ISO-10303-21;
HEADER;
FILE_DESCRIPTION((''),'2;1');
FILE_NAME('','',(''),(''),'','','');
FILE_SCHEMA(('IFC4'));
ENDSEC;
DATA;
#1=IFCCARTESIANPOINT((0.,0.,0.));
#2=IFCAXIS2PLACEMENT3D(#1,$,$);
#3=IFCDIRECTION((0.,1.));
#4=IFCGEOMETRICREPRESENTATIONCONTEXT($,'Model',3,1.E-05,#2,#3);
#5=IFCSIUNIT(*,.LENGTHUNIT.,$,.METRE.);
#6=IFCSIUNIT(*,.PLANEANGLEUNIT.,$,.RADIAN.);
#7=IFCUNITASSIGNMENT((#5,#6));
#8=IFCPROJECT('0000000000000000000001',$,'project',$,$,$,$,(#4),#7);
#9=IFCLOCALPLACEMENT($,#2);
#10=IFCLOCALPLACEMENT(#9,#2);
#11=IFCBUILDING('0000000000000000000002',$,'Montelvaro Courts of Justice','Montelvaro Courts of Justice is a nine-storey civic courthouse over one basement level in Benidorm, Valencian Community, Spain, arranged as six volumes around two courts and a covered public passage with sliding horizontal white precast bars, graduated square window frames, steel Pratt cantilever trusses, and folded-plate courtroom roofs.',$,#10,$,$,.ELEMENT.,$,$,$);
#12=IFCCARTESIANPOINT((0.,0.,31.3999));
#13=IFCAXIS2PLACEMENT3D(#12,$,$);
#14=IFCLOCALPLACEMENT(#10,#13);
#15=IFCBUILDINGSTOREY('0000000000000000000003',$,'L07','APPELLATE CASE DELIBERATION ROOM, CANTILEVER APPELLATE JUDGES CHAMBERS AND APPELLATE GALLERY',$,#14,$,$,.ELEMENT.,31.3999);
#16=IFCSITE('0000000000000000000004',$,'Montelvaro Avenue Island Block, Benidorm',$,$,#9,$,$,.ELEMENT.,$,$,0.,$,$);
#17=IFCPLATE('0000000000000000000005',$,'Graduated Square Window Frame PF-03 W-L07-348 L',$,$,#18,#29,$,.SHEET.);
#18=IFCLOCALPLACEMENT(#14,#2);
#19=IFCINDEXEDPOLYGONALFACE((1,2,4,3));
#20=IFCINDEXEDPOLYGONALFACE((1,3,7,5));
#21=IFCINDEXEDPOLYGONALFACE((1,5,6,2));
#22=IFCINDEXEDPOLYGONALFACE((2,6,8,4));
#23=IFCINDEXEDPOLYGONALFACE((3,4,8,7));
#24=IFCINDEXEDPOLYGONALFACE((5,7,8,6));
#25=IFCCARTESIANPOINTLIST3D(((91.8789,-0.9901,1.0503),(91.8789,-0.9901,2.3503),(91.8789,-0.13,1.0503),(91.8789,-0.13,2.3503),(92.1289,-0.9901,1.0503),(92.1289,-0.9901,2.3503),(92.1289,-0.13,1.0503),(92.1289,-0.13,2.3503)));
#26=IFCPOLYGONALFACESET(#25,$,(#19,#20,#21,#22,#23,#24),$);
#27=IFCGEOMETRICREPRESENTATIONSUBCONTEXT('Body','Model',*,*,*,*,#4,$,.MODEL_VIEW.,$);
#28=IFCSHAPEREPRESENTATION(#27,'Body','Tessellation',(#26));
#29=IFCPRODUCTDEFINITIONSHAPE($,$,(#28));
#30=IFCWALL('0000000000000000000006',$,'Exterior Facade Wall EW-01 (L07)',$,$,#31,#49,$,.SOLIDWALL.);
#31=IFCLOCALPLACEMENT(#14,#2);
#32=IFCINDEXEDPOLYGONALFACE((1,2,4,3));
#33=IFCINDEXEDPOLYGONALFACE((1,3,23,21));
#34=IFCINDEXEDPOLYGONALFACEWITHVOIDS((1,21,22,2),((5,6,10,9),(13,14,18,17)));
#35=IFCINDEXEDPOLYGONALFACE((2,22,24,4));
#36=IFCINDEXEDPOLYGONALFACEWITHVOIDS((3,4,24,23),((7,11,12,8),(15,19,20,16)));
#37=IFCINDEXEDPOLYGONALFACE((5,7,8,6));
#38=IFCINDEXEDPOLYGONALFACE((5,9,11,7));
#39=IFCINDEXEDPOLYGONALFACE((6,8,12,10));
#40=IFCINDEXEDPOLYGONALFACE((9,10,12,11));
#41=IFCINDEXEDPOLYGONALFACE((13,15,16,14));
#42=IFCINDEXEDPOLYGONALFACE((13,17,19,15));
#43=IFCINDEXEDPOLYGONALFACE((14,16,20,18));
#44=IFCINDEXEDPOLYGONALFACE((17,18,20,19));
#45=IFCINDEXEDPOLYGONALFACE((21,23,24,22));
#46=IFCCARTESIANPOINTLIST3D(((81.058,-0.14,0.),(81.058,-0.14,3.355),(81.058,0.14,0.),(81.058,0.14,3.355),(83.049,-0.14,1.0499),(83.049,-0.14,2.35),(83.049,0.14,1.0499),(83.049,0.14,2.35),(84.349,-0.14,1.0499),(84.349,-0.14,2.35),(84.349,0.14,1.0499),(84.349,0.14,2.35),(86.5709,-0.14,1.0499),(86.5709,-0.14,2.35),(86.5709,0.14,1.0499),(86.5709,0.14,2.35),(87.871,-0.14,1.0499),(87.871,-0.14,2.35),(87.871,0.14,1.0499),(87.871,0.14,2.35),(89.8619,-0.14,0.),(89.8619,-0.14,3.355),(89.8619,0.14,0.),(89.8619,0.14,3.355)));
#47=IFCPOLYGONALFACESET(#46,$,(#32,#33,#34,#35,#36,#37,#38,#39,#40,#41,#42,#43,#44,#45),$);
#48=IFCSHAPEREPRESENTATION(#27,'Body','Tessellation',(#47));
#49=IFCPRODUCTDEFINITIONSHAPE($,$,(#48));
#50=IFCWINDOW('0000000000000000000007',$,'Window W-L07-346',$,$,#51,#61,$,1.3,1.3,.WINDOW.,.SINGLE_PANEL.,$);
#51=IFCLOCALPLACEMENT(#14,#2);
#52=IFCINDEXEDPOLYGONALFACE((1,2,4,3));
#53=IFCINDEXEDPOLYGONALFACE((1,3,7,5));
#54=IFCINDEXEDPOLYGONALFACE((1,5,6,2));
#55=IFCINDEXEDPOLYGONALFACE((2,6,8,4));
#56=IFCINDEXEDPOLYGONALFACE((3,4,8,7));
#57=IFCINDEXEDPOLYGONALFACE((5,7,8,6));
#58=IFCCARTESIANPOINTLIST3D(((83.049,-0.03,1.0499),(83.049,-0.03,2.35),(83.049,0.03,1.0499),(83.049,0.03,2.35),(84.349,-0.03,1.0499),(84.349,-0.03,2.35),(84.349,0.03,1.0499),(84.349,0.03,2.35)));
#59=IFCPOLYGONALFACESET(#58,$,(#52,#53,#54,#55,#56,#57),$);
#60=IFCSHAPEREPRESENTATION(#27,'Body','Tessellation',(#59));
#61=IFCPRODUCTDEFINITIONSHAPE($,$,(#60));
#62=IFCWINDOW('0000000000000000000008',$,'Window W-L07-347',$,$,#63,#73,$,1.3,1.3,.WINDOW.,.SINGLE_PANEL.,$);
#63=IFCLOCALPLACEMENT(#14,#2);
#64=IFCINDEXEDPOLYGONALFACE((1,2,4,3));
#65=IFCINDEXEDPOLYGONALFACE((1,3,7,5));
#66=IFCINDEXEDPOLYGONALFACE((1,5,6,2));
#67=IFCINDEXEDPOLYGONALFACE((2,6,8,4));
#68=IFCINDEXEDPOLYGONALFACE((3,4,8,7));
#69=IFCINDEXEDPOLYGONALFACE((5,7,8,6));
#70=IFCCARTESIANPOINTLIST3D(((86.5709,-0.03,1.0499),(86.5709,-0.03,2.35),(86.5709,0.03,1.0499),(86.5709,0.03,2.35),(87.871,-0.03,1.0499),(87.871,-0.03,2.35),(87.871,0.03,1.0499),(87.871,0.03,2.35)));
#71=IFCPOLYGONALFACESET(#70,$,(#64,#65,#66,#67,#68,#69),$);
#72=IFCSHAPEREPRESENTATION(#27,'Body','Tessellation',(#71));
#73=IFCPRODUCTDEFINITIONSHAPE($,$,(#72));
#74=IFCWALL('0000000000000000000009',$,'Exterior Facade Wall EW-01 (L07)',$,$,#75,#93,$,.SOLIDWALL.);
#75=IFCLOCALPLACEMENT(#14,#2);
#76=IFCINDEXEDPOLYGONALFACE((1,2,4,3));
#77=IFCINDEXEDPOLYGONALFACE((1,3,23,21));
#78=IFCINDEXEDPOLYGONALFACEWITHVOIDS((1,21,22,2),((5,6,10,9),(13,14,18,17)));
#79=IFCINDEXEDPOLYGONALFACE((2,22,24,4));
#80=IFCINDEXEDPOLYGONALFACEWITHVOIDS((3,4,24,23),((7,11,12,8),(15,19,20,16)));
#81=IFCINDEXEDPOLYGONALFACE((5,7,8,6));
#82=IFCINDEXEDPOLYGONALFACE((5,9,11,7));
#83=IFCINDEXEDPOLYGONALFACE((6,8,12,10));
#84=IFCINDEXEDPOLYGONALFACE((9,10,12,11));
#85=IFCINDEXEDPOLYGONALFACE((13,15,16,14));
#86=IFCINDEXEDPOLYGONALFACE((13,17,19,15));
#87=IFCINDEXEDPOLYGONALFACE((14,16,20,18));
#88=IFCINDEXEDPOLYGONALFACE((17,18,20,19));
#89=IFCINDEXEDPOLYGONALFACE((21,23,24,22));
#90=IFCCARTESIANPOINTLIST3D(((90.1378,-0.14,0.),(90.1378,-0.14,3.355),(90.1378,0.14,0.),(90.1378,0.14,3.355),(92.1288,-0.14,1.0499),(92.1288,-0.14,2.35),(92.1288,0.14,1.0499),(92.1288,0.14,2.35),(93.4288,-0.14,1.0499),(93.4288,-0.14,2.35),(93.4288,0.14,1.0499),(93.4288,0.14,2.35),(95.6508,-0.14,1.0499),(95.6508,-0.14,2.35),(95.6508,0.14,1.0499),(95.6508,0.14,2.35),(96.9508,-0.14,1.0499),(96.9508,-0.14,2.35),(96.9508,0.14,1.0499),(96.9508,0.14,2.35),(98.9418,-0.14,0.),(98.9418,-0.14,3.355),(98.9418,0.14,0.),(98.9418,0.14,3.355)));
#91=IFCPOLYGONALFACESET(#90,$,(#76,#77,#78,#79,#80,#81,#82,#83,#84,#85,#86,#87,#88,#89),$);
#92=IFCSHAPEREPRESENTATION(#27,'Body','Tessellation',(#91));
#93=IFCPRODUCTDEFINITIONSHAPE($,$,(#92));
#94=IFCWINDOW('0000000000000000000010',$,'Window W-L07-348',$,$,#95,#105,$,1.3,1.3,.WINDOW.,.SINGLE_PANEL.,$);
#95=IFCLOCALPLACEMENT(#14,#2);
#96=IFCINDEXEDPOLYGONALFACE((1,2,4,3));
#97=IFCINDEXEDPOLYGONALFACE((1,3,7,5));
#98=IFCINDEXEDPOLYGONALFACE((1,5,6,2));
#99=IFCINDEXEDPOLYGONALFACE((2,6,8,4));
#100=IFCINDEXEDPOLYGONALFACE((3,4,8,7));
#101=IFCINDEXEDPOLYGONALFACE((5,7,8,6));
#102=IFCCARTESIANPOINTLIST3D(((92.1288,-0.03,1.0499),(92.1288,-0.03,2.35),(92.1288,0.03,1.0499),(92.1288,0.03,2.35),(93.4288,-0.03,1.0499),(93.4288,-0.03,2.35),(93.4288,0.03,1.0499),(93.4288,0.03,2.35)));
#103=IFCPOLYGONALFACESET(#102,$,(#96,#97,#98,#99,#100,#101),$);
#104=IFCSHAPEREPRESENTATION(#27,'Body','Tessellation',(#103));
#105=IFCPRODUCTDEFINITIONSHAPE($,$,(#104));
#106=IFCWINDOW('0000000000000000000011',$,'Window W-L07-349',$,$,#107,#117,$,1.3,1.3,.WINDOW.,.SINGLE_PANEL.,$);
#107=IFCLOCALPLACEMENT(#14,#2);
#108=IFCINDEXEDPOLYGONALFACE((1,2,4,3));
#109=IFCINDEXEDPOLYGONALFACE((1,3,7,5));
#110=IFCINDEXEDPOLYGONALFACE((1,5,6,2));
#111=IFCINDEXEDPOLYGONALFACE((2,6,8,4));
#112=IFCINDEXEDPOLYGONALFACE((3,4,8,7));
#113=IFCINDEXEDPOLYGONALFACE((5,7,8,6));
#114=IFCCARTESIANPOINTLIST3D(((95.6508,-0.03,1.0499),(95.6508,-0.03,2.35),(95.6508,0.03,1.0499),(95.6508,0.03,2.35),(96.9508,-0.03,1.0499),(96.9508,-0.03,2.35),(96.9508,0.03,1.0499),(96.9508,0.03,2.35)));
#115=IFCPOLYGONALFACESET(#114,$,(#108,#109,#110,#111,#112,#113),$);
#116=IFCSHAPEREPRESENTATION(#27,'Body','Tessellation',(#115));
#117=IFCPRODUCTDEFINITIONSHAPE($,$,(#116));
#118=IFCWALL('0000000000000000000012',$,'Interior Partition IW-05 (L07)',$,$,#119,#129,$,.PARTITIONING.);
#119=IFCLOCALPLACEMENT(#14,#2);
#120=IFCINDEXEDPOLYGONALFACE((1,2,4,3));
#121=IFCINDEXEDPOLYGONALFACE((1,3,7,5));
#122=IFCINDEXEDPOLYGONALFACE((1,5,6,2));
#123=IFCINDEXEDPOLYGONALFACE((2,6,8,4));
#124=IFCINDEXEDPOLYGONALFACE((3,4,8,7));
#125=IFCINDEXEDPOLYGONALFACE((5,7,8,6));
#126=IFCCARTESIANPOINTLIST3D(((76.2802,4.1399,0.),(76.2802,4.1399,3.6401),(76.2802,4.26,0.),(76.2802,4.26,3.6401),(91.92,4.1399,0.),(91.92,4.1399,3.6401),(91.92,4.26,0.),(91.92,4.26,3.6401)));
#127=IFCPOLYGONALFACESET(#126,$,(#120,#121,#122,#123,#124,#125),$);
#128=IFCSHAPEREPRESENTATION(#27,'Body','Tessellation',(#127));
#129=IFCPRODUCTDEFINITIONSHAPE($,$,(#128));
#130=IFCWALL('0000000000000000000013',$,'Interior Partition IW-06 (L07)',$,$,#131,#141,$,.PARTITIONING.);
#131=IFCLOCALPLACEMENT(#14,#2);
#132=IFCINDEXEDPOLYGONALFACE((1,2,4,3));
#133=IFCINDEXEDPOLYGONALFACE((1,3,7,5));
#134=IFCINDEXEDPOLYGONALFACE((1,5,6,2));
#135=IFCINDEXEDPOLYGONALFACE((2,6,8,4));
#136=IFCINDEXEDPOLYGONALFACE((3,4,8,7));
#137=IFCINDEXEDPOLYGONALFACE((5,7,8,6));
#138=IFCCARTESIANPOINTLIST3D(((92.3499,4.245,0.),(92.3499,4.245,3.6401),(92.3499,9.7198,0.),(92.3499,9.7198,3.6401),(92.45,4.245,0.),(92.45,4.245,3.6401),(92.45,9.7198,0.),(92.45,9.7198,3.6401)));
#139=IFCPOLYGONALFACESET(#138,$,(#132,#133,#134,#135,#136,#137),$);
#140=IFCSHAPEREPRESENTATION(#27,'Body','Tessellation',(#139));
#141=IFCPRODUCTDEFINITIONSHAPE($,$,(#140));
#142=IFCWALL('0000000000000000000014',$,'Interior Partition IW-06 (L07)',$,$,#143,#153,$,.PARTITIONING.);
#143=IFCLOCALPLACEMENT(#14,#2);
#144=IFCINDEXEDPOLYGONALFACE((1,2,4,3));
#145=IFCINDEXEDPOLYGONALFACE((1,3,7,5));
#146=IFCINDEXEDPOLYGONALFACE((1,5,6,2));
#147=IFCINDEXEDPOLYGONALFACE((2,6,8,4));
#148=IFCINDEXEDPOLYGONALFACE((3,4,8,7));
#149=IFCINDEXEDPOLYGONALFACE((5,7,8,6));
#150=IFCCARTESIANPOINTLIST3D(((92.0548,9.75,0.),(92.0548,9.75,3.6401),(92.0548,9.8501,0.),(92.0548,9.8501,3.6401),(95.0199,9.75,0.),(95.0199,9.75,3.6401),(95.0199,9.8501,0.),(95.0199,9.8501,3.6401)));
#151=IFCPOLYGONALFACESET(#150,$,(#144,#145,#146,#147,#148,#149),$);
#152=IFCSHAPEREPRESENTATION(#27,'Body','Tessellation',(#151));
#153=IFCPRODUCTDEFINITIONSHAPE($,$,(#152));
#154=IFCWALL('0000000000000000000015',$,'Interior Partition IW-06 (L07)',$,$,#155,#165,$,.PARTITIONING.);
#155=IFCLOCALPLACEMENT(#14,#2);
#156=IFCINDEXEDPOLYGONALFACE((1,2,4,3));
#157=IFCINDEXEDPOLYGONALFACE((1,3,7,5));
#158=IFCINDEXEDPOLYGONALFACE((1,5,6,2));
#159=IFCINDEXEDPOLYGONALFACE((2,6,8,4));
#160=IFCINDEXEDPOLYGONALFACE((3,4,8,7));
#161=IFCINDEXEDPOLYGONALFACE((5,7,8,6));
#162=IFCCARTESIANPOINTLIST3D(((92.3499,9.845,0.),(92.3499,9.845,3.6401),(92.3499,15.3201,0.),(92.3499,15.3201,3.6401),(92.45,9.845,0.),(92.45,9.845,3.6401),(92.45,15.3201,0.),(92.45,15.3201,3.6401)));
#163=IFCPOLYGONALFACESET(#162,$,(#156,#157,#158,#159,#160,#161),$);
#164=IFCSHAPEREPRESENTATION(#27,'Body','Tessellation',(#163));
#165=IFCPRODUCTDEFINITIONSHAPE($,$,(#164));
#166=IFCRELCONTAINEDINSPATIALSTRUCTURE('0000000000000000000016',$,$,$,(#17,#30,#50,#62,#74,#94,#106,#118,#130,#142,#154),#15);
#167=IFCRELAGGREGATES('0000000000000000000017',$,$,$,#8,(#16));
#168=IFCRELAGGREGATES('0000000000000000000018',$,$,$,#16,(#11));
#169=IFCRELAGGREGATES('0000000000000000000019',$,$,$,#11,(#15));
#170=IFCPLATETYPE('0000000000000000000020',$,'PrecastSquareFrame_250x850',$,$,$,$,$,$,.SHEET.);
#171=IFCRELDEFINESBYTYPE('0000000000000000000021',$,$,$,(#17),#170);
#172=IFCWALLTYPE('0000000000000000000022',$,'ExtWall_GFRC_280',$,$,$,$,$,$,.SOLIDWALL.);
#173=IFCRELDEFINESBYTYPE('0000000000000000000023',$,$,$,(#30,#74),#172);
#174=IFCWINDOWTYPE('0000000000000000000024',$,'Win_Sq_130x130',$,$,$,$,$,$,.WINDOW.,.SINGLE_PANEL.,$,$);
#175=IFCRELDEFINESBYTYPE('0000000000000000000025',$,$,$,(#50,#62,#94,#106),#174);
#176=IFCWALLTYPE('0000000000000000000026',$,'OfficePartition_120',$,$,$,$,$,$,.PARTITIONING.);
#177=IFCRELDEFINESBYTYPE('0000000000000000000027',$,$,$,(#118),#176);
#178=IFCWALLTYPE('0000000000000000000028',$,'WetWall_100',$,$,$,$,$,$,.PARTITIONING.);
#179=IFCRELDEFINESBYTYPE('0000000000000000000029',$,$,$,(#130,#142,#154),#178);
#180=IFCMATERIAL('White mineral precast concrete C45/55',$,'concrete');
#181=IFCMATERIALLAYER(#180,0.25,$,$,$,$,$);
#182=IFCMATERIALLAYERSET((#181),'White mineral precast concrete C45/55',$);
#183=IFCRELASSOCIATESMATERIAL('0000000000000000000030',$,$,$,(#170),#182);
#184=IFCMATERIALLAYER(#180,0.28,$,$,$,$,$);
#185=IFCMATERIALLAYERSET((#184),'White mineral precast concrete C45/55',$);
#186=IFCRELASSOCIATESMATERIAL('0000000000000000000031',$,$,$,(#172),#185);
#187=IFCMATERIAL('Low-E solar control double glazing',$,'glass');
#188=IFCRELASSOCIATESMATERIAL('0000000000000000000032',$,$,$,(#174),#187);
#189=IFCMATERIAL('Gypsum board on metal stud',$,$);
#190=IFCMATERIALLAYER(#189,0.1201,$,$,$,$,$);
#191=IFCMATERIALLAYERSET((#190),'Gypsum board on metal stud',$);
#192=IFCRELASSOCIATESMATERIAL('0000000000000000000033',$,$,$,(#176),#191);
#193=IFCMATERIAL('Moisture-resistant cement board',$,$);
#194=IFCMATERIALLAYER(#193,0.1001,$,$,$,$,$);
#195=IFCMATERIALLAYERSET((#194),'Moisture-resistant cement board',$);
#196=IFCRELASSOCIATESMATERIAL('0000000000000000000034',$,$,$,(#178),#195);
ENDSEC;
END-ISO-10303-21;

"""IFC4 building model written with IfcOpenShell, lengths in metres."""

from ifc_helpers import new_model, si_unit, direction, frame, frame_2d, origin, origin_2d, place, context, subcontext, project, spatial, rectangle, extrude, material, layer, layer_set, type_object, element, fill, save


model = new_model("IFC4")

# Units and contexts
model_context = context("Model", 3, precision=1e-05, world=origin(), true_north=direction((0.0, 1.0)))
body_context = subcontext(model_context, "Body", "Model", "MODEL_VIEW")
ifc_project = project(units=[si_unit("LENGTHUNIT", "METRE"), si_unit("PLANEANGLEUNIT", "RADIAN")], contexts=[model_context])

# Site, building, storey
site_placement = place(None, origin())
site = spatial("IfcSite", under=ifc_project, at=site_placement, Name="Montelvaro Avenue Island Block, Benidorm", CompositionType="ELEMENT", RefElevation=0.0)
building_placement = place(site_placement, origin())
building = spatial("IfcBuilding", under=site, at=building_placement, Name="Montelvaro Courts of Justice", Description="Montelvaro Courts of Justice is a nine-storey civic courthouse over one basement level in Benidorm, Valencian Community, Spain, arranged as six volumes around two courts and a covered public passage with sliding horizontal white precast bars, graduated square window frames, steel Pratt cantilever trusses, and folded-plate courtroom roofs.", CompositionType="ELEMENT")
storey_placement = place(building_placement, frame((0.0, 0.0, 31.3999)))
storey = spatial("IfcBuildingStorey", under=building, at=storey_placement, Name="L07", Description="APPELLATE CASE DELIBERATION ROOM, CANTILEVER APPELLATE JUDGES CHAMBERS AND APPELLATE GALLERY", CompositionType="ELEMENT", Elevation=31.3999)

# Plate
ifc_material_1 = material(Name="White mineral precast concrete C45/55", Category="concrete")
ifc_layer_1 = layer(ifc_material_1, 0.25)
ifc_layer_set_1 = layer_set([ifc_layer_1], Name="White mineral precast concrete C45/55")
plate_type = type_object("IfcPlateType", Name="PrecastSquareFrame_250x850", PredefinedType="SHEET", material=ifc_layer_set_1)
plate_1_placement = place(storey_placement, frame((92.0039, -0.5601, 1.0503), z_axis=(0.0, 0.0, 1.0), x_axis=(1.0, 0.0, 0.0)))
element("IfcPlate", 1, at=plate_1_placement, inside=storey, type_object=plate_type, Name="Graduated Square Window Frame PF-03 W-L07-348 L", PredefinedType="SHEET", context=body_context, shape_type="SweptSolid", body=[
    extrude(rectangle(XDim=0.25, YDim=0.8601, at=origin_2d()), origin(), (0.0, 0.0, 1.0), 1.3),
])

# Walls, openings, windows
ifc_layer_2 = layer(ifc_material_1, 0.28)
ifc_layer_set_2 = layer_set([ifc_layer_2], Name="White mineral precast concrete C45/55")
wall_type_1 = type_object("IfcWallType", Name="ExtWall_GFRC_280", PredefinedType="SOLIDWALL", material=ifc_layer_set_2)
wall_1_placement = place(storey_placement, frame((81.0581, 0.0, 0.0), z_axis=(0.0, 0.0, 1.0), x_axis=(1.0, 0.0, 0.0)))
wall_1 = element("IfcWall", 2, at=wall_1_placement, inside=storey, type_object=wall_type_1, Name="Exterior Facade Wall EW-01 (L07)", PredefinedType="SOLIDWALL", context=body_context, shape_type="SweptSolid", body=[
    extrude(rectangle(XDim=8.804, YDim=0.28, at=frame_2d((4.4019, 0.0))), origin(), (0.0, 0.0, 1.0), 3.355),
])
opening_1_placement = place(wall_1_placement, frame((1.991, 0.0, 1.05)))
opening_1 = element("IfcOpeningElement", 3, at=opening_1_placement, cuts=wall_1, PredefinedType="OPENING", context=body_context, shape_type="SweptSolid", body=[
    extrude(rectangle(XDim=1.3, YDim=1.3, at=frame_2d((0.6499, 0.6499))), frame((0.0, 0.1548, 0.0), z_axis=(0.0, -1.0, 0.0), x_axis=(1.0, 0.0, 0.0)), (0.0, 0.0, 1.0), 0.3098),
])
opening_2_placement = place(wall_1_placement, frame((5.5129, 0.0, 1.05)))
opening_2 = element("IfcOpeningElement", 4, at=opening_2_placement, cuts=wall_1, PredefinedType="OPENING", context=body_context, shape_type="SweptSolid", body=[
    extrude(rectangle(XDim=1.3, YDim=1.3, at=frame_2d((0.6499, 0.6499))), frame((0.0, 0.1548, 0.0), z_axis=(0.0, -1.0, 0.0), x_axis=(1.0, 0.0, 0.0)), (0.0, 0.0, 1.0), 0.3098),
])
ifc_material_2 = material(Name="Low-E solar control double glazing", Category="glass")
window_type = type_object("IfcWindowType", Name="Win_Sq_130x130", PartitioningType="SINGLE_PANEL", PredefinedType="WINDOW", material=ifc_material_2)
window_1_placement = place(opening_1_placement, origin())
window_1 = element("IfcWindow", 5, at=window_1_placement, inside=storey, type_object=window_type, Name="Window W-L07-346", OverallHeight=1.3, OverallWidth=1.3, PartitioningType="SINGLE_PANEL", PredefinedType="WINDOW", context=body_context, shape_type="SweptSolid", body=[
    extrude(rectangle(XDim=1.3, YDim=1.3, at=frame_2d((0.6499, 0.6499))), frame((0.0, 0.03, 0.0), z_axis=(0.0, -1.0, 0.0), x_axis=(1.0, 0.0, 0.0)), (0.0, 0.0, 1.0), 0.0601),
])
fill(opening_1, window_1)
window_2_placement = place(opening_2_placement, origin())
window_2 = element("IfcWindow", 6, at=window_2_placement, inside=storey, type_object=window_type, Name="Window W-L07-347", OverallHeight=1.3, OverallWidth=1.3, PartitioningType="SINGLE_PANEL", PredefinedType="WINDOW", context=body_context, shape_type="SweptSolid", body=[
    extrude(rectangle(XDim=1.3, YDim=1.3, at=frame_2d((0.6499, 0.6499))), frame((0.0, 0.03, 0.0), z_axis=(0.0, -1.0, 0.0), x_axis=(1.0, 0.0, 0.0)), (0.0, 0.0, 1.0), 0.0601),
])
fill(opening_2, window_2)
wall_2_placement = place(storey_placement, frame((90.1379, 0.0, 0.0), z_axis=(0.0, 0.0, 1.0), x_axis=(1.0, 0.0, 0.0)))
wall_2 = element("IfcWall", 7, at=wall_2_placement, inside=storey, type_object=wall_type_1, Name="Exterior Facade Wall EW-01 (L07)", PredefinedType="SOLIDWALL", context=body_context, shape_type="SweptSolid", body=[
    extrude(rectangle(XDim=8.804, YDim=0.28, at=frame_2d((4.4019, 0.0))), origin(), (0.0, 0.0, 1.0), 3.355),
])
opening_3_placement = place(wall_2_placement, frame((1.991, 0.0, 1.05)))
opening_3 = element("IfcOpeningElement", 8, at=opening_3_placement, cuts=wall_2, PredefinedType="OPENING", context=body_context, shape_type="SweptSolid", body=[
    extrude(rectangle(XDim=1.3, YDim=1.3, at=frame_2d((0.6499, 0.6499))), frame((0.0, 0.1548, 0.0), z_axis=(0.0, -1.0, 0.0), x_axis=(1.0, 0.0, 0.0)), (0.0, 0.0, 1.0), 0.3098),
])
opening_4_placement = place(wall_2_placement, frame((5.5129, 0.0, 1.05)))
opening_4 = element("IfcOpeningElement", 9, at=opening_4_placement, cuts=wall_2, PredefinedType="OPENING", context=body_context, shape_type="SweptSolid", body=[
    extrude(rectangle(XDim=1.3, YDim=1.3, at=frame_2d((0.6499, 0.6499))), frame((0.0, 0.1548, 0.0), z_axis=(0.0, -1.0, 0.0), x_axis=(1.0, 0.0, 0.0)), (0.0, 0.0, 1.0), 0.3098),
])
window_3_placement = place(opening_3_placement, origin())
window_3 = element("IfcWindow", 10, at=window_3_placement, inside=storey, type_object=window_type, Name="Window W-L07-348", OverallHeight=1.3, OverallWidth=1.3, PartitioningType="SINGLE_PANEL", PredefinedType="WINDOW", context=body_context, shape_type="SweptSolid", body=[
    extrude(rectangle(XDim=1.3, YDim=1.3, at=frame_2d((0.6499, 0.6499))), frame((0.0, 0.03, 0.0), z_axis=(0.0, -1.0, 0.0), x_axis=(1.0, 0.0, 0.0)), (0.0, 0.0, 1.0), 0.0601),
])
fill(opening_3, window_3)
window_4_placement = place(opening_4_placement, origin())
window_4 = element("IfcWindow", 11, at=window_4_placement, inside=storey, type_object=window_type, Name="Window W-L07-349", OverallHeight=1.3, OverallWidth=1.3, PartitioningType="SINGLE_PANEL", PredefinedType="WINDOW", context=body_context, shape_type="SweptSolid", body=[
    extrude(rectangle(XDim=1.3, YDim=1.3, at=frame_2d((0.6499, 0.6499))), frame((0.0, 0.03, 0.0), z_axis=(0.0, -1.0, 0.0), x_axis=(1.0, 0.0, 0.0)), (0.0, 0.0, 1.0), 0.0601),
])
fill(opening_4, window_4)

# Walls
ifc_material_3 = material(Name="Gypsum board on metal stud")
ifc_layer_3 = layer(ifc_material_3, 0.1201)
ifc_layer_set_3 = layer_set([ifc_layer_3], Name="Gypsum board on metal stud")
wall_type_2 = type_object("IfcWallType", Name="OfficePartition_120", PredefinedType="PARTITIONING", material=ifc_layer_set_3)
wall_3_placement = place(storey_placement, frame((91.9199, 4.2, 0.0), z_axis=(0.0, 0.0, 1.0), x_axis=(-1.0, 0.0, 0.0)))
element("IfcWall", 12, at=wall_3_placement, inside=storey, type_object=wall_type_2, Name="Interior Partition IW-05 (L07)", PredefinedType="PARTITIONING", context=body_context, shape_type="SweptSolid", body=[
    extrude(rectangle(XDim=15.6399, YDim=0.1201, at=frame_2d((7.8198, 0.0))), origin(), (0.0, 0.0, 1.0), 3.6401),
])
ifc_material_4 = material(Name="Moisture-resistant cement board")
ifc_layer_4 = layer(ifc_material_4, 0.1001)
ifc_layer_set_4 = layer_set([ifc_layer_4], Name="Moisture-resistant cement board")
wall_type_3 = type_object("IfcWallType", Name="WetWall_100", PredefinedType="PARTITIONING", material=ifc_layer_set_4)
wall_4_placement = place(storey_placement, frame((92.3999, 4.2451, 0.0), z_axis=(0.0, 0.0, 1.0), x_axis=(0.0, 1.0, 0.0)))
element("IfcWall", 13, at=wall_4_placement, inside=storey, type_object=wall_type_3, Name="Interior Partition IW-06 (L07)", PredefinedType="PARTITIONING", context=body_context, shape_type="SweptSolid", body=[
    extrude(rectangle(XDim=5.4749, YDim=0.1001, at=frame_2d((2.7373, 0.0))), origin(), (0.0, 0.0, 1.0), 3.6401),
])
wall_5_placement = place(storey_placement, frame((92.0549, 9.8, 0.0), z_axis=(0.0, 0.0, 1.0), x_axis=(1.0, 0.0, 0.0)))
element("IfcWall", 14, at=wall_5_placement, inside=storey, type_object=wall_type_3, Name="Interior Partition IW-06 (L07)", PredefinedType="PARTITIONING", context=body_context, shape_type="SweptSolid", body=[
    extrude(rectangle(XDim=2.9651, YDim=0.1001, at=frame_2d((1.4824, 0.0))), origin(), (0.0, 0.0, 1.0), 3.6401),
])
wall_6_placement = place(storey_placement, frame((92.3999, 9.845, 0.0), z_axis=(0.0, 0.0, 1.0), x_axis=(0.0, 1.0, 0.0)))
element("IfcWall", 15, at=wall_6_placement, inside=storey, type_object=wall_type_3, Name="Interior Partition IW-06 (L07)", PredefinedType="PARTITIONING", context=body_context, shape_type="SweptSolid", body=[
    extrude(rectangle(XDim=5.4751, YDim=0.1001, at=frame_2d((2.7375, 0.0))), origin(), (0.0, 0.0, 1.0), 3.6401),
])

save(model, "model.ifc")
